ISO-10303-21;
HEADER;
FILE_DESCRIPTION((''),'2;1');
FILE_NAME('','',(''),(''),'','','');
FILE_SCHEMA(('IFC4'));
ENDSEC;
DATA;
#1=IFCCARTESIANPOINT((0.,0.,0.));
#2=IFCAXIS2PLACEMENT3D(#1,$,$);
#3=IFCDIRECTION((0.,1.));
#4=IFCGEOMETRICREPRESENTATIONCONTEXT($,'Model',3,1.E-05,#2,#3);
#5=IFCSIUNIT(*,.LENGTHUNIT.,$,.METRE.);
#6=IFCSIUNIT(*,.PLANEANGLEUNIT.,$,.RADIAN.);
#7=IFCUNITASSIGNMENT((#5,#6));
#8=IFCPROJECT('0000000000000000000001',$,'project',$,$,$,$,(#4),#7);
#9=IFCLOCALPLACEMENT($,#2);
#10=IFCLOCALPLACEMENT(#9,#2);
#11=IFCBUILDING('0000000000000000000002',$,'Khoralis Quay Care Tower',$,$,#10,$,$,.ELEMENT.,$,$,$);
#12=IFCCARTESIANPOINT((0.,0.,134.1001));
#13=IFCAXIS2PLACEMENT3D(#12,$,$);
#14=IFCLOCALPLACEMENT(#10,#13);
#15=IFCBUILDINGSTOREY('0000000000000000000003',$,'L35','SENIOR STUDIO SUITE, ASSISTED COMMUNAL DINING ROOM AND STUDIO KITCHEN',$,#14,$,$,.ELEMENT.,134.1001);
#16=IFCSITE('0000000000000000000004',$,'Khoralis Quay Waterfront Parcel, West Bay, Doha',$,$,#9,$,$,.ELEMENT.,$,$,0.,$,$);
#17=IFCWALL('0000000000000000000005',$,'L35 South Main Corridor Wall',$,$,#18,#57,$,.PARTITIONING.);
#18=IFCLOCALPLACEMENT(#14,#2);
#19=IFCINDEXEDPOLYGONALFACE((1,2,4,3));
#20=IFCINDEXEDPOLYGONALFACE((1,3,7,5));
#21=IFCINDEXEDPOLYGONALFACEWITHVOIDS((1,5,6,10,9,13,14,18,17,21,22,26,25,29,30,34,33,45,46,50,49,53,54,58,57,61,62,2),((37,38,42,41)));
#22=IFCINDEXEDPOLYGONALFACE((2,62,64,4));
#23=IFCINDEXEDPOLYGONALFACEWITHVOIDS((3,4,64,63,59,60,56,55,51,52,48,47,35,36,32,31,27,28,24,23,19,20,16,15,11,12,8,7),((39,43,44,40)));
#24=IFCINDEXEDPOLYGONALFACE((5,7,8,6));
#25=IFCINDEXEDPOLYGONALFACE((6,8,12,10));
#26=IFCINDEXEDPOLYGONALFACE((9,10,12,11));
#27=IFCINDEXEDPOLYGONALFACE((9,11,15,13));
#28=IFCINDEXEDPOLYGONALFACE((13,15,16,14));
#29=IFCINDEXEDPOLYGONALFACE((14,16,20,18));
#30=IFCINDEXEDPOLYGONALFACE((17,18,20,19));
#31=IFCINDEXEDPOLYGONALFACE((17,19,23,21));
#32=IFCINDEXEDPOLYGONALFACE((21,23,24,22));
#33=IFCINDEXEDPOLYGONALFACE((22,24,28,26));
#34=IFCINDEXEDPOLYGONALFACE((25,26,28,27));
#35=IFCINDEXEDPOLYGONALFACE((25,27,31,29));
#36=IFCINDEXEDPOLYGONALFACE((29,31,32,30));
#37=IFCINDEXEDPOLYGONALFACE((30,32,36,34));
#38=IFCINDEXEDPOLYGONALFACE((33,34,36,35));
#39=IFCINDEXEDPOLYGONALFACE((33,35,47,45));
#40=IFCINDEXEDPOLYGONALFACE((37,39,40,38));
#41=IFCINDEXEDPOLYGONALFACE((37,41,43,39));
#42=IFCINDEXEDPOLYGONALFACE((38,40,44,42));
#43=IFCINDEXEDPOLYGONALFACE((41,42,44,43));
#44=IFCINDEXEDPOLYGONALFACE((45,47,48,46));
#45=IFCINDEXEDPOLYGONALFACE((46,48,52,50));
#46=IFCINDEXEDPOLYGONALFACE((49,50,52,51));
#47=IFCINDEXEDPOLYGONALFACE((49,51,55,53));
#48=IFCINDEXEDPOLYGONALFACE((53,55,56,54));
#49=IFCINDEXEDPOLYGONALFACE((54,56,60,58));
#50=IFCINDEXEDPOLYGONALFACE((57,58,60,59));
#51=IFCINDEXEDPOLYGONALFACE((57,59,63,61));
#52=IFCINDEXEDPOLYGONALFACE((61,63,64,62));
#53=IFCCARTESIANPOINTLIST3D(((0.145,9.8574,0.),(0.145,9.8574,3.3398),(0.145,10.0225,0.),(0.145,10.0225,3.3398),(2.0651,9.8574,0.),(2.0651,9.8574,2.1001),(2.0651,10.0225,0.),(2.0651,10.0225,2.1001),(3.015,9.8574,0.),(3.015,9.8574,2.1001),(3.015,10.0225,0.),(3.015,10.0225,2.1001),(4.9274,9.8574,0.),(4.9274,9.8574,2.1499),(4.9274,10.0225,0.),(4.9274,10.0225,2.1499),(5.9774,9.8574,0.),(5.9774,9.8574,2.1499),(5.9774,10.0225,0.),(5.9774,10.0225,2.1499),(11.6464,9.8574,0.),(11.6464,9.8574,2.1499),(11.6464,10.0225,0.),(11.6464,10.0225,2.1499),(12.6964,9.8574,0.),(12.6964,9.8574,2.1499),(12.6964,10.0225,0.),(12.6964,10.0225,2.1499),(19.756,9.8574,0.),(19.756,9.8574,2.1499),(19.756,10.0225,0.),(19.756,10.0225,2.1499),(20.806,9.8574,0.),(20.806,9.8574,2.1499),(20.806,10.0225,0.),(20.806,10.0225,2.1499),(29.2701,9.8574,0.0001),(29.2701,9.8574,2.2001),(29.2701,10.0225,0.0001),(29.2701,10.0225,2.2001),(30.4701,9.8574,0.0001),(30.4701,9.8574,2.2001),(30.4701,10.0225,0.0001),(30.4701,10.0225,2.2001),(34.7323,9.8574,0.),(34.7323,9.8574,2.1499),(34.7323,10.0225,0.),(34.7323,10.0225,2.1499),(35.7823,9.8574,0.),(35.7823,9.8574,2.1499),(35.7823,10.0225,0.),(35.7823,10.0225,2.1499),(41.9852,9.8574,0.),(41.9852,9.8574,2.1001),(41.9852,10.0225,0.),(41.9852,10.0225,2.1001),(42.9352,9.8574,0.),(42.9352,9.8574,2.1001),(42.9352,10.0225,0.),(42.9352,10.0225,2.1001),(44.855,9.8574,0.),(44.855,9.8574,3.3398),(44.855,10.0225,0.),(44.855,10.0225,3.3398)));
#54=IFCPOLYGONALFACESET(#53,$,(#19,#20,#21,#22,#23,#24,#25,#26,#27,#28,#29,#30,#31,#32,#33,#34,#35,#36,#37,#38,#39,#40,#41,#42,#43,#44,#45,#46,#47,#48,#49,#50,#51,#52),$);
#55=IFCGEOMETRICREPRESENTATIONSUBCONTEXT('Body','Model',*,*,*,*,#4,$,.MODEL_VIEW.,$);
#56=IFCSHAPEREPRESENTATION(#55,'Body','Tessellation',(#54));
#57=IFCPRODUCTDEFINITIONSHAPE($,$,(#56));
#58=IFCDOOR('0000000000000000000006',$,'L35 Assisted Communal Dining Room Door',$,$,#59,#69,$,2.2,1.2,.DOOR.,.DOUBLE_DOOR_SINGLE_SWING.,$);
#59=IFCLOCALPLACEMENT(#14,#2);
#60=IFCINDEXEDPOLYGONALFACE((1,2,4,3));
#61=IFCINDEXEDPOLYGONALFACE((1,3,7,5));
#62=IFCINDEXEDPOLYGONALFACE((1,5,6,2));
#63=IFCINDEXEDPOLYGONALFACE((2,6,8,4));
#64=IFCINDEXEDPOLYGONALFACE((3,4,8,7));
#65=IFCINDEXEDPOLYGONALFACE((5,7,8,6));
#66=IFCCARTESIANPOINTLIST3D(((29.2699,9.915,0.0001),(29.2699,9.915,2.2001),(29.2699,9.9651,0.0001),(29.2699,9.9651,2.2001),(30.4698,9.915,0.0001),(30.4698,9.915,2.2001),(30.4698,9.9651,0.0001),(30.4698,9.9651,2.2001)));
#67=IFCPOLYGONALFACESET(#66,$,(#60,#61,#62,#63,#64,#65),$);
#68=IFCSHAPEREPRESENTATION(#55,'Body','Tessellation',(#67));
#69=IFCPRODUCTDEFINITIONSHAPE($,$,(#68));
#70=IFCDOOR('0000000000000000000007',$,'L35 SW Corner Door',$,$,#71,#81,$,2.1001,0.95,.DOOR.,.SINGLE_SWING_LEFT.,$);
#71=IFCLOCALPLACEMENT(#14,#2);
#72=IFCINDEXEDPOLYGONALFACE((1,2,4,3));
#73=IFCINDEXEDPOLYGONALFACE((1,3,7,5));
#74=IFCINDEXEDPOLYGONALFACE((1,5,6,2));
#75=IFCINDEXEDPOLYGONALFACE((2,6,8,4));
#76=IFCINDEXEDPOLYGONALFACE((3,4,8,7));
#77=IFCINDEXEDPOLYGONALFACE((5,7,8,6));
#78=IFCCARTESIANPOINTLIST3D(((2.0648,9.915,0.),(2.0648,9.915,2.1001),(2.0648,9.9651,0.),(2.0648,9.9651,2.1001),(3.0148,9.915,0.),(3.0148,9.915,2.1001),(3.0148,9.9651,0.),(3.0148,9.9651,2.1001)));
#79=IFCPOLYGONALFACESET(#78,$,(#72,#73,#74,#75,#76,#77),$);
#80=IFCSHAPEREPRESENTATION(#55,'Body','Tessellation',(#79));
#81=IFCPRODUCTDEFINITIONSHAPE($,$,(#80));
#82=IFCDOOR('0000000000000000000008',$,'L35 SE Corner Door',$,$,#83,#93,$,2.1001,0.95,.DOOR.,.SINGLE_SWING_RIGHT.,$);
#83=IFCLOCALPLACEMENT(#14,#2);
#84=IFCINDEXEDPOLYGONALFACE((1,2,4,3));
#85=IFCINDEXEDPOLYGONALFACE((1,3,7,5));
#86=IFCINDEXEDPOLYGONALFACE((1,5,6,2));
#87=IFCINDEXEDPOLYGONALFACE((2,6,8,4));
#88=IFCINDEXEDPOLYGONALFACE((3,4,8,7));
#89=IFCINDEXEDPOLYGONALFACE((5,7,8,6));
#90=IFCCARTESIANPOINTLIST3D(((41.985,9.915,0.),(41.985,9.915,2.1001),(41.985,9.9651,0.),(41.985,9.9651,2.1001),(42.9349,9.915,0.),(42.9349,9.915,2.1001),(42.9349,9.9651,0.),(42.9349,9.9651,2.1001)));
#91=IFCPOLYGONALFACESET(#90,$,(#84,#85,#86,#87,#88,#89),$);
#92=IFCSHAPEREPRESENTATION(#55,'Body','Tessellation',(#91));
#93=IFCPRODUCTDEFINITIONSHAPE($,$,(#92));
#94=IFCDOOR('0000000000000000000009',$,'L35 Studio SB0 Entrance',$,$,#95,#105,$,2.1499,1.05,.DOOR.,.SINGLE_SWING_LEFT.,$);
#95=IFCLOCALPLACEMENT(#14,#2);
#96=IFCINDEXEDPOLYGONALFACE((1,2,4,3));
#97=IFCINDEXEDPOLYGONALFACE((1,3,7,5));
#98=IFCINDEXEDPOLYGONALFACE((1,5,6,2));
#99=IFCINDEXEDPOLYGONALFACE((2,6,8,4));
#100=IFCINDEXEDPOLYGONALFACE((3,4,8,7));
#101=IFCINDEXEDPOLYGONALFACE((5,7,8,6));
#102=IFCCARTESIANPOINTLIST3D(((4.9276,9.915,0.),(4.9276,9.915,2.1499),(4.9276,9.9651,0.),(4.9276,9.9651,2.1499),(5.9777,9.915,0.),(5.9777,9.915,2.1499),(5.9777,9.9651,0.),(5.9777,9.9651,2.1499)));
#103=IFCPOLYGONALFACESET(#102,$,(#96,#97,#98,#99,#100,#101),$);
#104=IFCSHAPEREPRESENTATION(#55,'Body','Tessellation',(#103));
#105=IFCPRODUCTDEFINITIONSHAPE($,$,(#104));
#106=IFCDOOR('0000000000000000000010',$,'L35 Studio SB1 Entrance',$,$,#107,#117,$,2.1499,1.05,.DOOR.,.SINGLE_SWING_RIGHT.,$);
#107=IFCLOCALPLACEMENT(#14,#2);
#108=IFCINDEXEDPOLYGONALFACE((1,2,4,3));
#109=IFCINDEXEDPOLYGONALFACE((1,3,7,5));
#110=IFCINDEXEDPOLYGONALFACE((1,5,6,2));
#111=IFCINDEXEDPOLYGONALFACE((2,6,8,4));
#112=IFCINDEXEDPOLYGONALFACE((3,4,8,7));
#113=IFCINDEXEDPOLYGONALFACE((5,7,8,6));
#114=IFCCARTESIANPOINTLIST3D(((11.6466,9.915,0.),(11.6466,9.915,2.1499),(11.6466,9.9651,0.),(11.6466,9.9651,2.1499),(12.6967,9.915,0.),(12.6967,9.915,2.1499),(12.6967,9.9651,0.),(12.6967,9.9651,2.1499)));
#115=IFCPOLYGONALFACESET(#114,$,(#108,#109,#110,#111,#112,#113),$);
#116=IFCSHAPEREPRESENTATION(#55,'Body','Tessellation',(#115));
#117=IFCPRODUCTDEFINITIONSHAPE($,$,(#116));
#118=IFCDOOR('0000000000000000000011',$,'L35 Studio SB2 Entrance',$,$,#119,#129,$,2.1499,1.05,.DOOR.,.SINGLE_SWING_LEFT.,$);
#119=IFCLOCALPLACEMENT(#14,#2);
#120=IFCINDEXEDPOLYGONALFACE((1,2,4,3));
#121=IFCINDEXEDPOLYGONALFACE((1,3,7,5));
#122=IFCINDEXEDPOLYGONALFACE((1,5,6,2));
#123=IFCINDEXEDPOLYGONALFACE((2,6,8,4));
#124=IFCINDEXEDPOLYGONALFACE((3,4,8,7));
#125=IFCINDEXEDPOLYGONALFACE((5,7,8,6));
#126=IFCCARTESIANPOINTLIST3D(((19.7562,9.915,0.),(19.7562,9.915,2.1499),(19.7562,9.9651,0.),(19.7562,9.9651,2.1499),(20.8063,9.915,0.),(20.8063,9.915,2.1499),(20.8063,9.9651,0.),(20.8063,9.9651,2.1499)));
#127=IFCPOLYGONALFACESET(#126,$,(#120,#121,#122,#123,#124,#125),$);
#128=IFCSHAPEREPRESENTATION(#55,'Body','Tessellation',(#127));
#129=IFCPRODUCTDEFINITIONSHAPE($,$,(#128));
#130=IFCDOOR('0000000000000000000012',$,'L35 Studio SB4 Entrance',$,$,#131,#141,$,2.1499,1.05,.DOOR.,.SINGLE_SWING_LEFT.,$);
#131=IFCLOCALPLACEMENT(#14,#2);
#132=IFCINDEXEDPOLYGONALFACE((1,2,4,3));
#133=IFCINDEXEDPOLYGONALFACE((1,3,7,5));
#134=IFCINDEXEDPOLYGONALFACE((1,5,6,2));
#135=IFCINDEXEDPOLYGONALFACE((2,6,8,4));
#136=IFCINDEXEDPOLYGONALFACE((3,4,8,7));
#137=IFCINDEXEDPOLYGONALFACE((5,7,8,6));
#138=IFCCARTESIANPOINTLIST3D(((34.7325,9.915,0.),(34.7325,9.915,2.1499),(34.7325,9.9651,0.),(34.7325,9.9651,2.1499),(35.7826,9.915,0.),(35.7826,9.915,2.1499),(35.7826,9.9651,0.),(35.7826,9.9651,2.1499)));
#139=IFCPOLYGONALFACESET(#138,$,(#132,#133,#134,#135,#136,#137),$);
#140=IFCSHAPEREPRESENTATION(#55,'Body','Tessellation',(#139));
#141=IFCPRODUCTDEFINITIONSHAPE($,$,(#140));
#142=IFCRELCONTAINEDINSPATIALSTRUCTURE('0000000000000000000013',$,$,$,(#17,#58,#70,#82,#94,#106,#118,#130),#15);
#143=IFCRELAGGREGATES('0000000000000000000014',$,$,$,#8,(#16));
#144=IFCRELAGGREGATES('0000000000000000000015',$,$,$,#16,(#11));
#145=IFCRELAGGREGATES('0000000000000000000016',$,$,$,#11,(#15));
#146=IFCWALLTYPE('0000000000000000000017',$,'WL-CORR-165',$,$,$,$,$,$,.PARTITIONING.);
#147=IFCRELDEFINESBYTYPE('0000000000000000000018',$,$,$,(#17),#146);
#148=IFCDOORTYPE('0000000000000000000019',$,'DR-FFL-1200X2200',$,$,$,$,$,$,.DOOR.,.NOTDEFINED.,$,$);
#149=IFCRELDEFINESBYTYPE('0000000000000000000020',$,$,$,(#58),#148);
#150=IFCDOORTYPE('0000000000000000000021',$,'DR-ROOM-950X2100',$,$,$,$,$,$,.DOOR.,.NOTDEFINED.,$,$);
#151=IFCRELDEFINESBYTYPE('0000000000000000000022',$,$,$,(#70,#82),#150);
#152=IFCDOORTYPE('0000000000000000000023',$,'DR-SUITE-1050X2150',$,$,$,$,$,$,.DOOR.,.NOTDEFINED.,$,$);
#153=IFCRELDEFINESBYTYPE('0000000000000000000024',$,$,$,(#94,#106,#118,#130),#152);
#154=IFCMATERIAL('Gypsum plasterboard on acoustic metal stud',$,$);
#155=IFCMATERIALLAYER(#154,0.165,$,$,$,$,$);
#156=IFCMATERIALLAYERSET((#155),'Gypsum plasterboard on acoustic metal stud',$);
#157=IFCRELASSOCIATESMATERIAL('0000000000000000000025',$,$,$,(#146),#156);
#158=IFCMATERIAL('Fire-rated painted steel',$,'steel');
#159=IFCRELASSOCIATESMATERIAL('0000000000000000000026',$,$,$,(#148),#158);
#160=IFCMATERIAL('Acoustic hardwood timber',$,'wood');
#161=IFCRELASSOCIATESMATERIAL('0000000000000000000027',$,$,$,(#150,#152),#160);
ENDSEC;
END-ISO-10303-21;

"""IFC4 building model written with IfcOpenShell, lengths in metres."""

from ifc_helpers import new_model, si_unit, direction, frame, frame_2d, origin, place, context, subcontext, project, spatial, rectangle, extrude, source, transform, mapped, material, layer, layer_set, type_object, element, fill, save


model = new_model("IFC4")

# Units and contexts
model_context = context("Model", 3, precision=1e-05, world=origin(), true_north=direction((0.0, 1.0)))
body_context = subcontext(model_context, "Body", "Model", "MODEL_VIEW")
ifc_project = project(units=[si_unit("LENGTHUNIT", "METRE"), si_unit("PLANEANGLEUNIT", "RADIAN")], contexts=[model_context])

# Site, building, storey
site_placement = place(None, origin())
site = spatial("IfcSite", under=ifc_project, at=site_placement, Name="Khoralis Quay Waterfront Parcel, West Bay, Doha", CompositionType="ELEMENT", RefElevation=0.0)
building_placement = place(site_placement, origin())
building = spatial("IfcBuilding", under=site, at=building_placement, Name="Khoralis Quay Care Tower", CompositionType="ELEMENT")
storey_placement = place(building_placement, frame((0.0, 0.0, 134.1001)))
storey = spatial("IfcBuildingStorey", under=building, at=storey_placement, Name="L35", Description="SENIOR STUDIO SUITE, ASSISTED COMMUNAL DINING ROOM AND STUDIO KITCHEN", CompositionType="ELEMENT", Elevation=134.1001)

# Wall, openings, doors
ifc_material_1 = material(Name="Gypsum plasterboard on acoustic metal stud")
ifc_layer_1 = layer(ifc_material_1, 0.165)
ifc_layer_set_1 = layer_set([ifc_layer_1], Name="Gypsum plasterboard on acoustic metal stud")
wall_type_1 = type_object("IfcWallType", Name="WL-CORR-165", PredefinedType="PARTITIONING", material=ifc_layer_set_1)
wall_1_placement = place(storey_placement, frame((0.145, 9.9399, 0.0), z_axis=(0.0, 0.0, 1.0), x_axis=(1.0, 0.0, 0.0)))
wall_1 = element("IfcWall", 1, at=wall_1_placement, inside=storey, type_object=wall_type_1, Name="L35 South Main Corridor Wall", PredefinedType="PARTITIONING", context=body_context, shape_type="SweptSolid", body=[
    extrude(rectangle(XDim=44.71, YDim=0.165, at=frame_2d((22.355, 0.0))), origin(), (0.0, 0.0, 1.0), 3.3398),
])
opening_1_placement = place(wall_1_placement, frame((4.7825, 0.0, 0.0)))
opening_1 = element("IfcOpeningElement", 2, at=opening_1_placement, cuts=wall_1, PredefinedType="OPENING", context=body_context, shape_type="SweptSolid", body=[
    extrude(rectangle(XDim=1.05, YDim=2.1499, at=frame_2d((0.5249, 1.075))), frame((0.0, 0.0925, 0.0), z_axis=(0.0, -1.0, 0.0), x_axis=(1.0, 0.0, 0.0)), (0.0, 0.0, 1.0), 0.1851),
])
opening_2_placement = place(wall_1_placement, frame((11.5015, 0.0, 0.0)))
opening_2 = element("IfcOpeningElement", 3, at=opening_2_placement, cuts=wall_1, PredefinedType="OPENING", context=body_context, shape_type="SweptSolid", body=[
    extrude(rectangle(XDim=1.05, YDim=2.1499, at=frame_2d((0.5249, 1.075))), frame((0.0, 0.0925, 0.0), z_axis=(0.0, -1.0, 0.0), x_axis=(1.0, 0.0, 0.0)), (0.0, 0.0, 1.0), 0.1851),
])
opening_3_placement = place(wall_1_placement, frame((19.6111, 0.0, 0.0)))
opening_3 = element("IfcOpeningElement", 4, at=opening_3_placement, cuts=wall_1, PredefinedType="OPENING", context=body_context, shape_type="SweptSolid", body=[
    extrude(rectangle(XDim=1.05, YDim=2.1499, at=frame_2d((0.5249, 1.075))), frame((0.0, 0.0925, 0.0), z_axis=(0.0, -1.0, 0.0), x_axis=(1.0, 0.0, 0.0)), (0.0, 0.0, 1.0), 0.1851),
])
opening_4_placement = place(wall_1_placement, frame((29.125, 0.0, 0.0)))
opening_4 = element("IfcOpeningElement", 5, at=opening_4_placement, cuts=wall_1, PredefinedType="OPENING", context=body_context, shape_type="SweptSolid", body=[
    extrude(rectangle(XDim=1.2, YDim=2.2, at=frame_2d((0.6001, 1.1001))), frame((0.0, 0.0925, 0.0), z_axis=(0.0, -1.0, 0.0), x_axis=(1.0, 0.0, 0.0)), (0.0, 0.0, 1.0), 0.1851),
])
opening_5_placement = place(wall_1_placement, frame((34.5874, 0.0, 0.0)))
opening_5 = element("IfcOpeningElement", 6, at=opening_5_placement, cuts=wall_1, PredefinedType="OPENING", context=body_context, shape_type="SweptSolid", body=[
    extrude(rectangle(XDim=1.05, YDim=2.1499, at=frame_2d((0.5249, 1.075))), frame((0.0, 0.0925, 0.0), z_axis=(0.0, -1.0, 0.0), x_axis=(1.0, 0.0, 0.0)), (0.0, 0.0, 1.0), 0.1851),
])
opening_6_placement = place(wall_1_placement, frame((1.9199, 0.0, 0.0)))
opening_6 = element("IfcOpeningElement", 7, at=opening_6_placement, cuts=wall_1, PredefinedType="OPENING", context=body_context, shape_type="SweptSolid", body=[
    extrude(rectangle(XDim=0.95, YDim=2.1001, at=frame_2d((0.4751, 1.05))), frame((0.0, 0.0925, 0.0), z_axis=(0.0, -1.0, 0.0), x_axis=(1.0, 0.0, 0.0)), (0.0, 0.0, 1.0), 0.1851),
])
opening_7_placement = place(wall_1_placement, frame((41.8401, 0.0, 0.0)))
opening_7 = element("IfcOpeningElement", 8, at=opening_7_placement, cuts=wall_1, PredefinedType="OPENING", context=body_context, shape_type="SweptSolid", body=[
    extrude(rectangle(XDim=0.95, YDim=2.1001, at=frame_2d((0.4751, 1.05))), frame((0.0, 0.0925, 0.0), z_axis=(0.0, -1.0, 0.0), x_axis=(1.0, 0.0, 0.0)), (0.0, 0.0, 1.0), 0.1851),
])
ifc_material_2 = material(Name="Fire-rated painted steel", Category="steel")
door_type_1 = type_object("IfcDoorType", Name="DR-FFL-1200X2200", OperationType="NOTDEFINED", PredefinedType="DOOR", material=ifc_material_2)
shared_shape_1 = source(origin(), body_context, "Body", "SweptSolid", [
    extrude(rectangle(XDim=1.2, YDim=2.2, at=frame_2d((0.6001, 1.1001))), frame((0.0, 0.0249, 0.0), z_axis=(0.0, -1.0, 0.0), x_axis=(1.0, 0.0, 0.0)), (0.0, 0.0, 1.0), 0.05),
])
door_1_placement = place(opening_4_placement, frame((1.2, 0.0, 0.0), z_axis=(0.0, 0.0, 1.0), x_axis=(-1.0, 0.0, 0.0)))
door_1 = element("IfcDoor", 9, at=door_1_placement, inside=storey, type_object=door_type_1, Name="L35 Assisted Communal Dining Room Door", OperationType="DOUBLE_DOOR_SINGLE_SWING", OverallHeight=2.2, OverallWidth=1.2, PredefinedType="DOOR", context=body_context, shape_type="MappedRepresentation", body=[
    mapped(shared_shape_1, transform((0.0, 0.0, 0.0), scale=1.0)),
])
fill(opening_4, door_1)
ifc_material_3 = material(Name="Acoustic hardwood timber", Category="wood")
door_type_2 = type_object("IfcDoorType", Name="DR-ROOM-950X2100", OperationType="NOTDEFINED", PredefinedType="DOOR", material=ifc_material_3)
shared_shape_2 = source(origin(), body_context, "Body", "SweptSolid", [
    extrude(rectangle(XDim=0.95, YDim=2.1001, at=frame_2d((0.4751, 1.05))), frame((0.0, 0.0249, 0.0), z_axis=(0.0, -1.0, 0.0), x_axis=(1.0, 0.0, 0.0)), (0.0, 0.0, 1.0), 0.05),
])
door_2_placement = place(opening_6_placement, frame((0.95, 0.0, 0.0), z_axis=(0.0, 0.0, 1.0), x_axis=(-1.0, 0.0, 0.0)))
door_2 = element("IfcDoor", 10, at=door_2_placement, inside=storey, type_object=door_type_2, Name="L35 SW Corner Door", OperationType="SINGLE_SWING_LEFT", OverallHeight=2.1001, OverallWidth=0.95, PredefinedType="DOOR", context=body_context, shape_type="MappedRepresentation", body=[
    mapped(shared_shape_2, transform((0.0, 0.0, 0.0), scale=1.0)),
])
fill(opening_6, door_2)
door_3_placement = place(opening_7_placement, frame((0.95, 0.0, 0.0), z_axis=(0.0, 0.0, 1.0), x_axis=(-1.0, 0.0, 0.0)))
door_3 = element("IfcDoor", 11, at=door_3_placement, inside=storey, type_object=door_type_2, Name="L35 SE Corner Door", OperationType="SINGLE_SWING_RIGHT", OverallHeight=2.1001, OverallWidth=0.95, PredefinedType="DOOR", context=body_context, shape_type="MappedRepresentation", body=[
    mapped(shared_shape_2, transform((0.0, 0.0, 0.0), scale=1.0)),
])
fill(opening_7, door_3)
door_type_3 = type_object("IfcDoorType", Name="DR-SUITE-1050X2150", OperationType="NOTDEFINED", PredefinedType="DOOR", material=ifc_material_3)
shared_shape_3 = source(origin(), body_context, "Body", "SweptSolid", [
    extrude(rectangle(XDim=1.05, YDim=2.1499, at=frame_2d((0.5249, 1.075))), frame((0.0, 0.0249, 0.0), z_axis=(0.0, -1.0, 0.0), x_axis=(1.0, 0.0, 0.0)), (0.0, 0.0, 1.0), 0.05),
])
door_4_placement = place(opening_1_placement, frame((1.05, 0.0, 0.0), z_axis=(0.0, 0.0, 1.0), x_axis=(-1.0, 0.0, 0.0)))
door_4 = element("IfcDoor", 12, at=door_4_placement, inside=storey, type_object=door_type_3, Name="L35 Studio SB0 Entrance", OperationType="SINGLE_SWING_LEFT", OverallHeight=2.1499, OverallWidth=1.05, PredefinedType="DOOR", context=body_context, shape_type="MappedRepresentation", body=[
    mapped(shared_shape_3, transform((0.0, 0.0, 0.0), scale=1.0)),
])
fill(opening_1, door_4)
door_5_placement = place(opening_2_placement, frame((1.05, 0.0, 0.0), z_axis=(0.0, 0.0, 1.0), x_axis=(-1.0, 0.0, 0.0)))
door_5 = element("IfcDoor", 13, at=door_5_placement, inside=storey, type_object=door_type_3, Name="L35 Studio SB1 Entrance", OperationType="SINGLE_SWING_RIGHT", OverallHeight=2.1499, OverallWidth=1.05, PredefinedType="DOOR", context=body_context, shape_type="MappedRepresentation", body=[
    mapped(shared_shape_3, transform((0.0, 0.0, 0.0), scale=1.0)),
])
fill(opening_2, door_5)
door_6_placement = place(opening_3_placement, frame((1.05, 0.0, 0.0), z_axis=(0.0, 0.0, 1.0), x_axis=(-1.0, 0.0, 0.0)))
door_6 = element("IfcDoor", 14, at=door_6_placement, inside=storey, type_object=door_type_3, Name="L35 Studio SB2 Entrance", OperationType="SINGLE_SWING_LEFT", OverallHeight=2.1499, OverallWidth=1.05, PredefinedType="DOOR", context=body_context, shape_type="MappedRepresentation", body=[
    mapped(shared_shape_3, transform((0.0, 0.0, 0.0), scale=1.0)),
])
fill(opening_3, door_6)
door_7_placement = place(opening_5_placement, frame((1.05, 0.0, 0.0), z_axis=(0.0, 0.0, 1.0), x_axis=(-1.0, 0.0, 0.0)))
door_7 = element("IfcDoor", 15, at=door_7_placement, inside=storey, type_object=door_type_3, Name="L35 Studio SB4 Entrance", OperationType="SINGLE_SWING_LEFT", OverallHeight=2.1499, OverallWidth=1.05, PredefinedType="DOOR", context=body_context, shape_type="MappedRepresentation", body=[
    mapped(shared_shape_3, transform((0.0, 0.0, 0.0), scale=1.0)),
])
fill(opening_5, door_7)

save(model, "model.ifc")
